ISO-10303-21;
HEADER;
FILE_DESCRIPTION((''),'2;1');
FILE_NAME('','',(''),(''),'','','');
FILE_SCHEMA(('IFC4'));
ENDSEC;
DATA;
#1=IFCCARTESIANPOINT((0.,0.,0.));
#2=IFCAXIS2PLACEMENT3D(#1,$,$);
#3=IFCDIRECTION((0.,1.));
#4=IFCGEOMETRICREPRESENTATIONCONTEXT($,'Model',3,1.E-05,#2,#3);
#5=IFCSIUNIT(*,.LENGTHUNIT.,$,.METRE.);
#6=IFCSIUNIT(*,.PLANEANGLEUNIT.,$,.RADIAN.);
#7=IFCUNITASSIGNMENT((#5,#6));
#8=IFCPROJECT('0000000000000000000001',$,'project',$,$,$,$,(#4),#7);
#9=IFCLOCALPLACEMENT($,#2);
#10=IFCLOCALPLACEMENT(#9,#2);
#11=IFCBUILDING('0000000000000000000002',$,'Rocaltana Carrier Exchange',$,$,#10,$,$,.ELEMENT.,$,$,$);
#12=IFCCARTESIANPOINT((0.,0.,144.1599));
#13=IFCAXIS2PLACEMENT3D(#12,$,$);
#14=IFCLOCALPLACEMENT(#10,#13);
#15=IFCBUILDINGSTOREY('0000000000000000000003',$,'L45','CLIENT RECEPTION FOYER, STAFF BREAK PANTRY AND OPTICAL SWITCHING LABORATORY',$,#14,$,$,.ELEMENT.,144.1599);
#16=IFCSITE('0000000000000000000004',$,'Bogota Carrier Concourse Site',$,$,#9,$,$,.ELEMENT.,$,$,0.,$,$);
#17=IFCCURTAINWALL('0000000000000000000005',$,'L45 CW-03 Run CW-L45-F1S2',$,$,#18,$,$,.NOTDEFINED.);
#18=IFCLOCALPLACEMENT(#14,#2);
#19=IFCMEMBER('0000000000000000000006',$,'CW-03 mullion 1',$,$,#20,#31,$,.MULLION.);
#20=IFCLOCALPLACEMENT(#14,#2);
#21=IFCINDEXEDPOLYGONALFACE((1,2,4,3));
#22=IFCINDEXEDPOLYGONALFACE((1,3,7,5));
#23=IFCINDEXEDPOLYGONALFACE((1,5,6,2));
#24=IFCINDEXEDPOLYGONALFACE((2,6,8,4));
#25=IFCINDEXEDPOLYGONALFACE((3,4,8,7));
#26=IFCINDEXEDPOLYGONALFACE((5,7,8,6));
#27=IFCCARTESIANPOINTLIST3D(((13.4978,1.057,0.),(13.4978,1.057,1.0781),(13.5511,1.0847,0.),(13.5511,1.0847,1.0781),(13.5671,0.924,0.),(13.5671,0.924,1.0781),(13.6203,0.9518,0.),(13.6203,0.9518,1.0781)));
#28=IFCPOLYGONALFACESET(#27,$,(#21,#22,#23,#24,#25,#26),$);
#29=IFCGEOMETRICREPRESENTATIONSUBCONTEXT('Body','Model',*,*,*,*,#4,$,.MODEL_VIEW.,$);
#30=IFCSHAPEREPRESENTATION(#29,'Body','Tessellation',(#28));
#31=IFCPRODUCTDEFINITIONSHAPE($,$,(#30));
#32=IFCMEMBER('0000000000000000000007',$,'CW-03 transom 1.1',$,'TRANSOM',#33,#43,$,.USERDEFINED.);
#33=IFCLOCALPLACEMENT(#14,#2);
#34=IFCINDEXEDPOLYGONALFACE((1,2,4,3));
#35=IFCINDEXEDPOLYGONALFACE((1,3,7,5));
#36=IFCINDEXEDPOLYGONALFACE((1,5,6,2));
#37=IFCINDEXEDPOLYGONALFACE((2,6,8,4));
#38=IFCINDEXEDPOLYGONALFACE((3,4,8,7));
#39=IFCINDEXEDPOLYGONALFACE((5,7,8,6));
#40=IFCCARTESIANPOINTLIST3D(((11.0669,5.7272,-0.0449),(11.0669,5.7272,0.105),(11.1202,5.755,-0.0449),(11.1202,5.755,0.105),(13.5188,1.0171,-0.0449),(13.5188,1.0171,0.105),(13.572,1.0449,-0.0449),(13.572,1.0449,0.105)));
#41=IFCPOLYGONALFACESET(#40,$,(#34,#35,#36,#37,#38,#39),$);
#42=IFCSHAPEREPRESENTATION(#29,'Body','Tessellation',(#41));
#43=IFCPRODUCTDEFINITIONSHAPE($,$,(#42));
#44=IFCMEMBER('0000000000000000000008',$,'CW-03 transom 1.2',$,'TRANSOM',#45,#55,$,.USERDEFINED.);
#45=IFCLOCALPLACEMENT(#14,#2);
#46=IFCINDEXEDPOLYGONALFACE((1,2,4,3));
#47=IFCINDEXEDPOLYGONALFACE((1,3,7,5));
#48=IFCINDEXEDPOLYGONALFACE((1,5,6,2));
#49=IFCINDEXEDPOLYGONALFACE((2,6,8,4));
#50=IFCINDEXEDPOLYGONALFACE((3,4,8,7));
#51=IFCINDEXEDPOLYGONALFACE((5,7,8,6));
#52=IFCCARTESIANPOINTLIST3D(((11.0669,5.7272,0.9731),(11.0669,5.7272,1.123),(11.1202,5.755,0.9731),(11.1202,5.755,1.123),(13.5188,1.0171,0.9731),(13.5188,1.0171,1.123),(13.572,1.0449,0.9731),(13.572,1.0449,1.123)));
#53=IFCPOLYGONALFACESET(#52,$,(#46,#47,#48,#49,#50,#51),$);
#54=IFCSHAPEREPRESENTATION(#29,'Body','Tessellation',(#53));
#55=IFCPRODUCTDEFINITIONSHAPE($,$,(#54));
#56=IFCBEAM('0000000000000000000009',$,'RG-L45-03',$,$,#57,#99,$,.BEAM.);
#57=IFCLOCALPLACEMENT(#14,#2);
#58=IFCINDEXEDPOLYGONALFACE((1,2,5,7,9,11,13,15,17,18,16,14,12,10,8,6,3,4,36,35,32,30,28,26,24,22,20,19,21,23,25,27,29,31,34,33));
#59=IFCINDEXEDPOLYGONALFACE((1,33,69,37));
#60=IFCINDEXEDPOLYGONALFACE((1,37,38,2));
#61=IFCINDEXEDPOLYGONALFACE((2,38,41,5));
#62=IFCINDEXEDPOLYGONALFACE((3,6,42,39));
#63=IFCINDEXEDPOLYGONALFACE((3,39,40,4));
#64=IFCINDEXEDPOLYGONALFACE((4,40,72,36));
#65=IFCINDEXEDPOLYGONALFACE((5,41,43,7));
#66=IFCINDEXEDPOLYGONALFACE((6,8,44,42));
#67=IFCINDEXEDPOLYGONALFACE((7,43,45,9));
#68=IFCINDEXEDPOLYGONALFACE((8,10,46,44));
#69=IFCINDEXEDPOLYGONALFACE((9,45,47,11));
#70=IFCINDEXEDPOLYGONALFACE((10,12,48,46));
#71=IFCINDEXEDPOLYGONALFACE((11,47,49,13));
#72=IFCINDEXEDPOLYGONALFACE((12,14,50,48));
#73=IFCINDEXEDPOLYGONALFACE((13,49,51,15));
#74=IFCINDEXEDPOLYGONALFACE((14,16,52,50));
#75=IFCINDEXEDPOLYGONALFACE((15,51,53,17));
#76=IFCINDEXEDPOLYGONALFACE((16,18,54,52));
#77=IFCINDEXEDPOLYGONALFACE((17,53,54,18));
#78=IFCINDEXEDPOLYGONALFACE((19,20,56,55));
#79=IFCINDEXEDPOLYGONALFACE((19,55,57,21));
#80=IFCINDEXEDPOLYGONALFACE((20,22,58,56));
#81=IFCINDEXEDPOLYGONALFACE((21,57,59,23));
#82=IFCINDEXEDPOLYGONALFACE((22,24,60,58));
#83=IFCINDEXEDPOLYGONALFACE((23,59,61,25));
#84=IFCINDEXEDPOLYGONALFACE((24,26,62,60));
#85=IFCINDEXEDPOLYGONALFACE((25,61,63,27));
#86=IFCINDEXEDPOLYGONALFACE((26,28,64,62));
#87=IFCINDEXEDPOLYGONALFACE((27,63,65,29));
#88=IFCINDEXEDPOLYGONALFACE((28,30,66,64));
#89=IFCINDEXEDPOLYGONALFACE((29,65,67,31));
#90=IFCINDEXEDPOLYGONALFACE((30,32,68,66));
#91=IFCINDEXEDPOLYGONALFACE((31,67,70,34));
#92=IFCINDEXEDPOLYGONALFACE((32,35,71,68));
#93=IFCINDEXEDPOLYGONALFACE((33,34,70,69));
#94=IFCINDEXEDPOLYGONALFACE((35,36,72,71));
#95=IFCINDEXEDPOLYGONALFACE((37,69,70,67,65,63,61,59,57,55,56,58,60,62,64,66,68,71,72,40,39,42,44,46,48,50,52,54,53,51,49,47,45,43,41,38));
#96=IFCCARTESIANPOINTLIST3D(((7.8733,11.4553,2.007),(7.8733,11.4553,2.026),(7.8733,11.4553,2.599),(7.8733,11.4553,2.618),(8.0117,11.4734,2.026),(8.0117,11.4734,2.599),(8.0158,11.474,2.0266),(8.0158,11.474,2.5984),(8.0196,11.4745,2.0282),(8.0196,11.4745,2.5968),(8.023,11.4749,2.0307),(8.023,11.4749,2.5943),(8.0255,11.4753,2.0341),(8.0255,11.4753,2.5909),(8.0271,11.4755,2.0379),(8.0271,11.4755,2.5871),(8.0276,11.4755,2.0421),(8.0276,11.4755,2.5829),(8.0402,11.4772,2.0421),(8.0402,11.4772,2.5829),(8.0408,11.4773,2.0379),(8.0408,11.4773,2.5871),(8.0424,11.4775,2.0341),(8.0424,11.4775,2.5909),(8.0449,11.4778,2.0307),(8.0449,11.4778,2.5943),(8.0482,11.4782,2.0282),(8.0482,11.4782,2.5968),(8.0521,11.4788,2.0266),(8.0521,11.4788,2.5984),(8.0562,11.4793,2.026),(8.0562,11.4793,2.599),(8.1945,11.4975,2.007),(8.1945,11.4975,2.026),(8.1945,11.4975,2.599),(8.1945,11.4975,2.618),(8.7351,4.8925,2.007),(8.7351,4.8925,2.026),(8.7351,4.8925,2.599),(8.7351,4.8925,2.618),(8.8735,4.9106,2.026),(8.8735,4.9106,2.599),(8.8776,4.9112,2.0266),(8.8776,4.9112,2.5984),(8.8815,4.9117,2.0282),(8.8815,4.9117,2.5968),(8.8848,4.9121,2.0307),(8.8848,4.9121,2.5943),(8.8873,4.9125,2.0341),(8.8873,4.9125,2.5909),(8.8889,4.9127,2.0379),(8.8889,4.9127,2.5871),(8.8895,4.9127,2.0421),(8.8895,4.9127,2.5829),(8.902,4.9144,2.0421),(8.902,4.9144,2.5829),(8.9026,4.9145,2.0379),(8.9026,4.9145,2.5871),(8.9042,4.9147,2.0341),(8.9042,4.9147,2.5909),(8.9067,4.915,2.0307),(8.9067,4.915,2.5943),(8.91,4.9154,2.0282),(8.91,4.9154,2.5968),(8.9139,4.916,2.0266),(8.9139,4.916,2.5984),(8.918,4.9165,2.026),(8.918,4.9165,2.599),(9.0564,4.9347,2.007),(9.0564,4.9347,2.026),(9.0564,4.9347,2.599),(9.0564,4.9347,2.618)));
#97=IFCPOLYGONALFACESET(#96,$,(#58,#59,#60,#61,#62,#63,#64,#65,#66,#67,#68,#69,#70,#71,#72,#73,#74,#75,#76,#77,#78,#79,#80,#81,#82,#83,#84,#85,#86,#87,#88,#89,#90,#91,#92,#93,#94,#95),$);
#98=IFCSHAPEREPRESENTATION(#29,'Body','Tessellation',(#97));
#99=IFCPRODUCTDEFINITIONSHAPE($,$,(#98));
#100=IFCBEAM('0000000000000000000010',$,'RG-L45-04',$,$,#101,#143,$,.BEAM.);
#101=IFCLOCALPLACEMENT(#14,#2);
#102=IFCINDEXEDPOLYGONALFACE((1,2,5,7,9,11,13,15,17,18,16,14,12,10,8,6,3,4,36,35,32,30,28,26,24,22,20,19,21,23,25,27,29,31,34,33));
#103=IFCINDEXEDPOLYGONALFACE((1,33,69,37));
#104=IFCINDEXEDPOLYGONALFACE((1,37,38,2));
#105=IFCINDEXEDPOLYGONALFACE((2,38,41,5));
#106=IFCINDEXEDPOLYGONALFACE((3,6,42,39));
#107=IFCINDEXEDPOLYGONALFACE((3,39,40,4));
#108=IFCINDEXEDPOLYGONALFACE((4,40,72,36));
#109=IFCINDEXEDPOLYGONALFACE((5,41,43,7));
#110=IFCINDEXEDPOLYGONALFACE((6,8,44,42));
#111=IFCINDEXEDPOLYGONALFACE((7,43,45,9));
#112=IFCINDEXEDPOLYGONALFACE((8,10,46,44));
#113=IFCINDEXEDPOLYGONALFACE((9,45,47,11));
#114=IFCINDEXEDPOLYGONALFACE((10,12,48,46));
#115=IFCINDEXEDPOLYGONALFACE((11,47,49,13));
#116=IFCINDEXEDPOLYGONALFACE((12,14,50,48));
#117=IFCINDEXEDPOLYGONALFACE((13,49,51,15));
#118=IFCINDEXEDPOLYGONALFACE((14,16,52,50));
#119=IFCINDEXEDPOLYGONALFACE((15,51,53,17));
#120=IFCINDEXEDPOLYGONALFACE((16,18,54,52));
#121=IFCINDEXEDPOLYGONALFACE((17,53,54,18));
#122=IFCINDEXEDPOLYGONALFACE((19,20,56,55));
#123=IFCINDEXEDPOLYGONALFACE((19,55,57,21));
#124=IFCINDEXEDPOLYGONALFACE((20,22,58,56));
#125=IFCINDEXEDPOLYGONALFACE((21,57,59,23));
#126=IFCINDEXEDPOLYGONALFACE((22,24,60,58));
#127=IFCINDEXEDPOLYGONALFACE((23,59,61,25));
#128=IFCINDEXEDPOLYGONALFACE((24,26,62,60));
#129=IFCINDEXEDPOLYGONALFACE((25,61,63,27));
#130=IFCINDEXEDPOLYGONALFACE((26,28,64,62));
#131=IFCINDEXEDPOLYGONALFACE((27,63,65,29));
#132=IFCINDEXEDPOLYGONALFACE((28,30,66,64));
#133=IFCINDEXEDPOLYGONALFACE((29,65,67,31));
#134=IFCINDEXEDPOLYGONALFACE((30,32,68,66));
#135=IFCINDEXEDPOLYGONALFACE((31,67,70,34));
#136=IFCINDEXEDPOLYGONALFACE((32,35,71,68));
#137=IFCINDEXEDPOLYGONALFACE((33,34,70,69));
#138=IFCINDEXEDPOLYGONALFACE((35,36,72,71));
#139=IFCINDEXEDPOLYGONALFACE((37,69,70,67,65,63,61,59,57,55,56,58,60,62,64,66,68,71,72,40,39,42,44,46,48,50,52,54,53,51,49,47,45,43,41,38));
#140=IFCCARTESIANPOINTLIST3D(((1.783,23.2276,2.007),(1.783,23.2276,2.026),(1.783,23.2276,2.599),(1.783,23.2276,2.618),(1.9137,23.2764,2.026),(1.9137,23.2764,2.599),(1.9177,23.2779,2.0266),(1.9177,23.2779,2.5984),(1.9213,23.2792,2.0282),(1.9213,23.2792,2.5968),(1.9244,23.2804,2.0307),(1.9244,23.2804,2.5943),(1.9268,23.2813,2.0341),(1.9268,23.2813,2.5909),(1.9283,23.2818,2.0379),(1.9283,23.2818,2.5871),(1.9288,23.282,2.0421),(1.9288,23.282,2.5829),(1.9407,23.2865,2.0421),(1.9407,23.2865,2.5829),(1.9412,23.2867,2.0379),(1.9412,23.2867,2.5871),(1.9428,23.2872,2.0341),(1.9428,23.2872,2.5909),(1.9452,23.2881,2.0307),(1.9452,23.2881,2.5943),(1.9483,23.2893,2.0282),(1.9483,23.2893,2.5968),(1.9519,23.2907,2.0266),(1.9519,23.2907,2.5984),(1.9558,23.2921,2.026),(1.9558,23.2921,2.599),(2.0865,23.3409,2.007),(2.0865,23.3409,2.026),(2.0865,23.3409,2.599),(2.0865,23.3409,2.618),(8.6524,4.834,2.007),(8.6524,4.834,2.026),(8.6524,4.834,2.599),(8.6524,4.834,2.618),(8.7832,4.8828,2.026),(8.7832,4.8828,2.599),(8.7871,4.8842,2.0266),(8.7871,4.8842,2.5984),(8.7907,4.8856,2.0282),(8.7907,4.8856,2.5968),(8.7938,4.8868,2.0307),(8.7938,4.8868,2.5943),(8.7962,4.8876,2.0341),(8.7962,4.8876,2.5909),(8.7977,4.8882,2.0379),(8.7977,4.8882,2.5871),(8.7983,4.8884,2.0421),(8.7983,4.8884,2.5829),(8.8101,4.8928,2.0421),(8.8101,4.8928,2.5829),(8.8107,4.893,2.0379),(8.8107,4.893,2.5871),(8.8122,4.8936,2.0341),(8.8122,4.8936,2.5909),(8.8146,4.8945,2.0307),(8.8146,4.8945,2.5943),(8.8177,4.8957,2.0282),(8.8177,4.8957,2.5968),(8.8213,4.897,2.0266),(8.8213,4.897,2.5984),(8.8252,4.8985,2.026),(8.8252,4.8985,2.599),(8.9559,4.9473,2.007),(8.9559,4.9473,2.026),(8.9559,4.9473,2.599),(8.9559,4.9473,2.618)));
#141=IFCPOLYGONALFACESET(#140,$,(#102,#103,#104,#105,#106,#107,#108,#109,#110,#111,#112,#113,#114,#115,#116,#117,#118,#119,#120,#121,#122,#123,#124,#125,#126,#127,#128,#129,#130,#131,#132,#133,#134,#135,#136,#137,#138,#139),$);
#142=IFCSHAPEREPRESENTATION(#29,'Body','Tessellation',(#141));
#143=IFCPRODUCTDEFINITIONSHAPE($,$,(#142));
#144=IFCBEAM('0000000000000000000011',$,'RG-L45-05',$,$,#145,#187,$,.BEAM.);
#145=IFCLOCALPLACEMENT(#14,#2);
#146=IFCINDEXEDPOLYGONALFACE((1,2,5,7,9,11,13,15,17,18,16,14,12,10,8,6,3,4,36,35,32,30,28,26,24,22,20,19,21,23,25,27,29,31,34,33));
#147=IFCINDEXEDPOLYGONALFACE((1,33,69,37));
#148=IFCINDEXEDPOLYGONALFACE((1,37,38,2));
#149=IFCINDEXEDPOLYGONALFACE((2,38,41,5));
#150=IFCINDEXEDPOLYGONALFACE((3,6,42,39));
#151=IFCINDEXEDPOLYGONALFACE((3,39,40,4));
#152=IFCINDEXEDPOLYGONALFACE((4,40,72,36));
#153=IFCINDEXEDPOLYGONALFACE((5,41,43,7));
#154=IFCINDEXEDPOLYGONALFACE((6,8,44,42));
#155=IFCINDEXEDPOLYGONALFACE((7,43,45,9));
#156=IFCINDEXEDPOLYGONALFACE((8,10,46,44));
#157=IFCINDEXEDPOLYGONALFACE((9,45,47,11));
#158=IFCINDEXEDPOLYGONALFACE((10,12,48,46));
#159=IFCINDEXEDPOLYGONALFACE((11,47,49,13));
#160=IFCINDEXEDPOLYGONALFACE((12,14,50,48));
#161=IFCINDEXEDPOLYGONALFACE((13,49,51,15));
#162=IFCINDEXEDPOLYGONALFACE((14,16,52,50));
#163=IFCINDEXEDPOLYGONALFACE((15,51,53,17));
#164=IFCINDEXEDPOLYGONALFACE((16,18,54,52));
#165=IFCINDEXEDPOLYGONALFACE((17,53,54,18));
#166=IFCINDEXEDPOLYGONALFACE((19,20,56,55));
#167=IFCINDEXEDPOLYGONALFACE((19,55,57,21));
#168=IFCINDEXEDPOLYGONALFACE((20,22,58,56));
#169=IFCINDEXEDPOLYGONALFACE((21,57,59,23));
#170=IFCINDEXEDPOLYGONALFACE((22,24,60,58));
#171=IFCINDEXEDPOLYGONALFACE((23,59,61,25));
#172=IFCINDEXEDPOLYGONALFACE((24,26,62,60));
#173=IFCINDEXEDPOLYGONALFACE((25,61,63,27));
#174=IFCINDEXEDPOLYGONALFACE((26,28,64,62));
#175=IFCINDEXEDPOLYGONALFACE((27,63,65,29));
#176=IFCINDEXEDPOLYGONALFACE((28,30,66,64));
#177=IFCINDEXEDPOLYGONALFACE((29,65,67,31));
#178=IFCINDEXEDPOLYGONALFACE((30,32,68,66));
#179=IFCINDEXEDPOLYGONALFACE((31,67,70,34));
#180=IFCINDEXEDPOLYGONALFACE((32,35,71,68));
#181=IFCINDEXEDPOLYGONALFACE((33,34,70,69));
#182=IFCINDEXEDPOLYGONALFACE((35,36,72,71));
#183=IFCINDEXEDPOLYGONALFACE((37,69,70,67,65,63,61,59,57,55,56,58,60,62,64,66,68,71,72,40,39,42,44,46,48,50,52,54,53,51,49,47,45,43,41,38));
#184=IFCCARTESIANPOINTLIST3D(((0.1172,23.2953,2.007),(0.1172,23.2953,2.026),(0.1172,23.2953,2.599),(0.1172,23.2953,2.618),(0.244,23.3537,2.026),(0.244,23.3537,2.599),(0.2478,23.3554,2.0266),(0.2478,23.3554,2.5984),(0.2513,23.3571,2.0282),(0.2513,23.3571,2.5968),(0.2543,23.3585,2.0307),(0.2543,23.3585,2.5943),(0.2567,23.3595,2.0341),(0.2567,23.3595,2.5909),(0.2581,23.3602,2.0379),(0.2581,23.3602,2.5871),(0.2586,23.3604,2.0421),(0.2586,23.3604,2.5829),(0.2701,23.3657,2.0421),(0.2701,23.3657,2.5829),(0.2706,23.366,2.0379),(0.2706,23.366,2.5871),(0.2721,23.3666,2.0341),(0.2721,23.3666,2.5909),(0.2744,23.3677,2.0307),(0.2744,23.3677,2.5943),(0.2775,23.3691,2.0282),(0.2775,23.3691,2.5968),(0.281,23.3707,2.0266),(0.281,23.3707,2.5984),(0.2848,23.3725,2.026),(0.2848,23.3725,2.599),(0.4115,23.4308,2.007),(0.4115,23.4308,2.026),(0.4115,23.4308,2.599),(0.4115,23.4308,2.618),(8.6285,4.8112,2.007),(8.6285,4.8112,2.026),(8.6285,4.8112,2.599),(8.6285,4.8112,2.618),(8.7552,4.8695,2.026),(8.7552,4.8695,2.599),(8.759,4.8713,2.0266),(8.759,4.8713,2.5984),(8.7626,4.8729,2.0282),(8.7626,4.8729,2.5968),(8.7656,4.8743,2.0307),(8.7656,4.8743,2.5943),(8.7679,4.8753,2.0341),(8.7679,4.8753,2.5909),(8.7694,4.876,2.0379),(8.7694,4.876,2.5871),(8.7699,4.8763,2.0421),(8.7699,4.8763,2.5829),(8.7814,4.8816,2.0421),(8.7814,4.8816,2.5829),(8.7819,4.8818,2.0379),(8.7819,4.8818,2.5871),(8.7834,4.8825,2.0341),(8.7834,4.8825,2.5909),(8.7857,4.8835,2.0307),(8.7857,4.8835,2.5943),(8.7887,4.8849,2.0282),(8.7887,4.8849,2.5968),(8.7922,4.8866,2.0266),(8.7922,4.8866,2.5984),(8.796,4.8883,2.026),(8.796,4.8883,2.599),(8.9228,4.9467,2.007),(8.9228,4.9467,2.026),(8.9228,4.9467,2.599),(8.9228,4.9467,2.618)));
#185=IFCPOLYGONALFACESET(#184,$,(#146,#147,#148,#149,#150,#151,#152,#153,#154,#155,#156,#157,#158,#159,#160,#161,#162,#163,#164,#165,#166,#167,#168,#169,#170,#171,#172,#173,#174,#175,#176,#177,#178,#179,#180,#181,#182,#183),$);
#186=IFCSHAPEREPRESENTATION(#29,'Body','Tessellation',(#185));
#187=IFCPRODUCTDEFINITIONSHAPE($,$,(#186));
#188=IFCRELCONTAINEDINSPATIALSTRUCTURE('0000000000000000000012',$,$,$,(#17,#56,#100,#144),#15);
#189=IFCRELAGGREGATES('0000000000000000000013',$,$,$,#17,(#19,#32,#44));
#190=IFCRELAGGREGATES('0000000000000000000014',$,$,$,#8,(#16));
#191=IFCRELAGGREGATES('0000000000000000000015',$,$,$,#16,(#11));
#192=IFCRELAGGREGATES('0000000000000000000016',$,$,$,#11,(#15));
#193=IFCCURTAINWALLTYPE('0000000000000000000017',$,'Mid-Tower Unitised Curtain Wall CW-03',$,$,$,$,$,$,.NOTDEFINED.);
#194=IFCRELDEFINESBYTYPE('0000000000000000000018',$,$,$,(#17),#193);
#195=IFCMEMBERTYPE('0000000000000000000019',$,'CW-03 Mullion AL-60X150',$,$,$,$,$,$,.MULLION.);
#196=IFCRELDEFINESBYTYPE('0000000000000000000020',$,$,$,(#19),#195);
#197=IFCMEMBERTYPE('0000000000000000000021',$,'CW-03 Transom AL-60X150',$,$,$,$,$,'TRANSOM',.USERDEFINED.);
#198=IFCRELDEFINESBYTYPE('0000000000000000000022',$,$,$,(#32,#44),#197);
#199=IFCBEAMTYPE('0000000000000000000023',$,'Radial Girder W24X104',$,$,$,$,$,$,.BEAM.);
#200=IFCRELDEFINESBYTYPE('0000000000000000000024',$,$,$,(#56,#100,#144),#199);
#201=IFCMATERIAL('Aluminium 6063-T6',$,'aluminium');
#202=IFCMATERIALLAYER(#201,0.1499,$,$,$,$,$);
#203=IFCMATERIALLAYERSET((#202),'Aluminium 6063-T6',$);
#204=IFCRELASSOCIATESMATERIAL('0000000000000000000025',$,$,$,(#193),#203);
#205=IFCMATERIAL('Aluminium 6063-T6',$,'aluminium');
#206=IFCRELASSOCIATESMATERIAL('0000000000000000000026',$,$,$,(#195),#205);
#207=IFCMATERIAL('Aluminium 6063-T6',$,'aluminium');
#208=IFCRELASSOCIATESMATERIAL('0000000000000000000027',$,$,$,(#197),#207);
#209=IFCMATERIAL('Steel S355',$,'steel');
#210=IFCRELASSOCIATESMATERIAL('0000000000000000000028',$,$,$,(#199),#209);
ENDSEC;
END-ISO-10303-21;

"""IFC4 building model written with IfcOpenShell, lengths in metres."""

from ifc_helpers import new_model, si_unit, direction, frame, origin, origin_2d, place, context, subcontext, project, spatial, rectangle, i_section, extrude, material, layer, layer_set, material_profile, profile_set, type_object, element, aggregate, save


model = new_model("IFC4")

# Units and contexts
model_context = context("Model", 3, precision=1e-05, world=origin(), true_north=direction((0.0, 1.0)))
body_context = subcontext(model_context, "Body", "Model", "MODEL_VIEW")
ifc_project = project(units=[si_unit("LENGTHUNIT", "METRE"), si_unit("PLANEANGLEUNIT", "RADIAN")], contexts=[model_context])

# Site, building, storey
site_placement = place(None, origin())
site = spatial("IfcSite", under=ifc_project, at=site_placement, Name="Bogota Carrier Concourse Site", CompositionType="ELEMENT", RefElevation=0.0)
building_placement = place(site_placement, origin())
building = spatial("IfcBuilding", under=site, at=building_placement, Name="Rocaltana Carrier Exchange", CompositionType="ELEMENT")
storey_placement = place(building_placement, frame((0.0, 0.0, 144.1599)))
storey = spatial("IfcBuildingStorey", under=building, at=storey_placement, Name="L45", Description="CLIENT RECEPTION FOYER, STAFF BREAK PANTRY AND OPTICAL SWITCHING LABORATORY", CompositionType="ELEMENT", Elevation=144.1599)

# Curtain wall, members
ifc_material_1 = material(Name="Aluminium 6063-T6", Category="aluminium")
ifc_layer_1 = layer(ifc_material_1, 0.1499)
ifc_layer_set_1 = layer_set([ifc_layer_1], Name="Aluminium 6063-T6")
curtain_wall_type = type_object("IfcCurtainWallType", Name="Mid-Tower Unitised Curtain Wall CW-03", PredefinedType="NOTDEFINED", material=ifc_layer_set_1)
curtain_wall_placement = place(storey_placement, origin())
curtain_wall = element("IfcCurtainWall", 1, at=curtain_wall_placement, inside=storey, type_object=curtain_wall_type, Name="L45 CW-03 Run CW-L45-F1S2", PredefinedType="NOTDEFINED")
ifc_material_2 = material(Name="Aluminium 6063-T6", Category="aluminium")
ifc_material_profile_1 = material_profile(ifc_material_2, rectangle(XDim=0.0601, YDim=0.1499, at=origin_2d()), Name="AL-60X150")
ifc_profile_set_1 = profile_set([ifc_material_profile_1], Name="Aluminium 6063-T6")
member_type_1 = type_object("IfcMemberType", Name="CW-03 Mullion AL-60X150", PredefinedType="MULLION", material=ifc_profile_set_1)
member_1_placement = place(storey_placement, frame((13.5591, 1.0044, 0.0), z_axis=(0.0, 0.0, 1.0), x_axis=(-0.887012, -0.461747, 0.0)))
member_1 = element("IfcMember", 2, at=member_1_placement, type_object=member_type_1, Name="CW-03 mullion 1", PredefinedType="MULLION", context=body_context, shape_type="SweptSolid", body=[
    extrude(rectangle(XDim=0.0601, YDim=0.1499, at=origin_2d()), origin(), (0.0, 0.0, 1.0), 1.0781),
])
ifc_material_3 = material(Name="Aluminium 6063-T6", Category="aluminium")
ifc_material_profile_2 = material_profile(ifc_material_3, rectangle(XDim=0.0601, YDim=0.1499, at=origin_2d()), Name="AL-60X150")
ifc_profile_set_2 = profile_set([ifc_material_profile_2], Name="Aluminium 6063-T6")
member_type_2 = type_object("IfcMemberType", Name="CW-03 Transom AL-60X150", ElementType="TRANSOM", PredefinedType="USERDEFINED", material=ifc_profile_set_2)
member_2_placement = place(storey_placement, frame((13.5454, 1.031, 0.03), z_axis=(-0.461738, 0.887016, 0.0), x_axis=(-0.887016, -0.461738, 0.0)))
member_2 = element("IfcMember", 3, at=member_2_placement, type_object=member_type_2, Name="CW-03 transom 1.1", ObjectType="TRANSOM", PredefinedType="USERDEFINED", context=body_context, shape_type="SweptSolid", body=[
    extrude(rectangle(XDim=0.0601, YDim=0.1499, at=origin_2d()), origin(), (0.0, 0.0, 1.0), 5.3101),
])
member_3_placement = place(storey_placement, frame((13.5454, 1.031, 1.0481), z_axis=(-0.461738, 0.887016, 0.0), x_axis=(-0.887016, -0.461738, 0.0)))
member_3 = element("IfcMember", 4, at=member_3_placement, type_object=member_type_2, Name="CW-03 transom 1.2", ObjectType="TRANSOM", PredefinedType="USERDEFINED", context=body_context, shape_type="SweptSolid", body=[
    extrude(rectangle(XDim=0.0601, YDim=0.1499, at=origin_2d()), origin(), (0.0, 0.0, 1.0), 5.3101),
])

# Beams
ifc_material_4 = material(Name="Steel S355", Category="steel")
ifc_material_profile_3 = material_profile(ifc_material_4, i_section(OverallWidth=0.324, OverallDepth=0.6111, WebThickness=0.0127, FlangeThickness=0.019, FilletRadius=0.0161, at=origin_2d()), Name="W24X104")
ifc_profile_set_3 = profile_set([ifc_material_profile_3], Name="Steel S355")
beam_type_1 = type_object("IfcBeamType", Name="Radial Girder W24X104", PredefinedType="BEAM", material=ifc_profile_set_3)
beam_1_placement = place(storey_placement, frame((8.8958, 4.9136, 2.3125), z_axis=(-0.130202, 0.991488, 0.0), x_axis=(-0.991488, -0.130202, 0.0)))
element("IfcBeam", 5, at=beam_1_placement, inside=storey, type_object=beam_type_1, Name="RG-L45-03", PredefinedType="BEAM", context=body_context, shape_type="SweptSolid", body=[
    extrude(i_section(OverallWidth=0.324, OverallDepth=0.6111, WebThickness=0.0127, FlangeThickness=0.019, FilletRadius=0.0161, at=origin_2d()), origin(), (0.0, 0.0, 1.0), 6.6191),
])
beam_2_placement = place(storey_placement, frame((8.8042, 4.8906, 2.3125), z_axis=(-0.349864, 0.9368, 0.0), x_axis=(-0.9368, -0.349864, 0.0)))
element("IfcBeam", 6, at=beam_2_placement, inside=storey, type_object=beam_type_1, Name="RG-L45-04", PredefinedType="BEAM", context=body_context, shape_type="SweptSolid", body=[
    extrude(i_section(OverallWidth=0.324, OverallDepth=0.6111, WebThickness=0.0127, FlangeThickness=0.019, FilletRadius=0.0161, at=origin_2d()), origin(), (0.0, 0.0, 1.0), 19.6345),
])
beam_3_placement = place(storey_placement, frame((8.7756, 4.8789, 2.3125), z_axis=(-0.418252, 0.908331, 0.0), x_axis=(-0.908331, -0.418252, 0.0)))
element("IfcBeam", 7, at=beam_3_placement, inside=storey, type_object=beam_type_1, Name="RG-L45-05", PredefinedType="BEAM", context=body_context, shape_type="SweptSolid", body=[
    extrude(i_section(OverallWidth=0.324, OverallDepth=0.6111, WebThickness=0.0127, FlangeThickness=0.019, FilletRadius=0.0161, at=origin_2d()), origin(), (0.0, 0.0, 1.0), 20.3496),
])

aggregate(curtain_wall, [member_1, member_2, member_3])

save(model, "model.ifc")
